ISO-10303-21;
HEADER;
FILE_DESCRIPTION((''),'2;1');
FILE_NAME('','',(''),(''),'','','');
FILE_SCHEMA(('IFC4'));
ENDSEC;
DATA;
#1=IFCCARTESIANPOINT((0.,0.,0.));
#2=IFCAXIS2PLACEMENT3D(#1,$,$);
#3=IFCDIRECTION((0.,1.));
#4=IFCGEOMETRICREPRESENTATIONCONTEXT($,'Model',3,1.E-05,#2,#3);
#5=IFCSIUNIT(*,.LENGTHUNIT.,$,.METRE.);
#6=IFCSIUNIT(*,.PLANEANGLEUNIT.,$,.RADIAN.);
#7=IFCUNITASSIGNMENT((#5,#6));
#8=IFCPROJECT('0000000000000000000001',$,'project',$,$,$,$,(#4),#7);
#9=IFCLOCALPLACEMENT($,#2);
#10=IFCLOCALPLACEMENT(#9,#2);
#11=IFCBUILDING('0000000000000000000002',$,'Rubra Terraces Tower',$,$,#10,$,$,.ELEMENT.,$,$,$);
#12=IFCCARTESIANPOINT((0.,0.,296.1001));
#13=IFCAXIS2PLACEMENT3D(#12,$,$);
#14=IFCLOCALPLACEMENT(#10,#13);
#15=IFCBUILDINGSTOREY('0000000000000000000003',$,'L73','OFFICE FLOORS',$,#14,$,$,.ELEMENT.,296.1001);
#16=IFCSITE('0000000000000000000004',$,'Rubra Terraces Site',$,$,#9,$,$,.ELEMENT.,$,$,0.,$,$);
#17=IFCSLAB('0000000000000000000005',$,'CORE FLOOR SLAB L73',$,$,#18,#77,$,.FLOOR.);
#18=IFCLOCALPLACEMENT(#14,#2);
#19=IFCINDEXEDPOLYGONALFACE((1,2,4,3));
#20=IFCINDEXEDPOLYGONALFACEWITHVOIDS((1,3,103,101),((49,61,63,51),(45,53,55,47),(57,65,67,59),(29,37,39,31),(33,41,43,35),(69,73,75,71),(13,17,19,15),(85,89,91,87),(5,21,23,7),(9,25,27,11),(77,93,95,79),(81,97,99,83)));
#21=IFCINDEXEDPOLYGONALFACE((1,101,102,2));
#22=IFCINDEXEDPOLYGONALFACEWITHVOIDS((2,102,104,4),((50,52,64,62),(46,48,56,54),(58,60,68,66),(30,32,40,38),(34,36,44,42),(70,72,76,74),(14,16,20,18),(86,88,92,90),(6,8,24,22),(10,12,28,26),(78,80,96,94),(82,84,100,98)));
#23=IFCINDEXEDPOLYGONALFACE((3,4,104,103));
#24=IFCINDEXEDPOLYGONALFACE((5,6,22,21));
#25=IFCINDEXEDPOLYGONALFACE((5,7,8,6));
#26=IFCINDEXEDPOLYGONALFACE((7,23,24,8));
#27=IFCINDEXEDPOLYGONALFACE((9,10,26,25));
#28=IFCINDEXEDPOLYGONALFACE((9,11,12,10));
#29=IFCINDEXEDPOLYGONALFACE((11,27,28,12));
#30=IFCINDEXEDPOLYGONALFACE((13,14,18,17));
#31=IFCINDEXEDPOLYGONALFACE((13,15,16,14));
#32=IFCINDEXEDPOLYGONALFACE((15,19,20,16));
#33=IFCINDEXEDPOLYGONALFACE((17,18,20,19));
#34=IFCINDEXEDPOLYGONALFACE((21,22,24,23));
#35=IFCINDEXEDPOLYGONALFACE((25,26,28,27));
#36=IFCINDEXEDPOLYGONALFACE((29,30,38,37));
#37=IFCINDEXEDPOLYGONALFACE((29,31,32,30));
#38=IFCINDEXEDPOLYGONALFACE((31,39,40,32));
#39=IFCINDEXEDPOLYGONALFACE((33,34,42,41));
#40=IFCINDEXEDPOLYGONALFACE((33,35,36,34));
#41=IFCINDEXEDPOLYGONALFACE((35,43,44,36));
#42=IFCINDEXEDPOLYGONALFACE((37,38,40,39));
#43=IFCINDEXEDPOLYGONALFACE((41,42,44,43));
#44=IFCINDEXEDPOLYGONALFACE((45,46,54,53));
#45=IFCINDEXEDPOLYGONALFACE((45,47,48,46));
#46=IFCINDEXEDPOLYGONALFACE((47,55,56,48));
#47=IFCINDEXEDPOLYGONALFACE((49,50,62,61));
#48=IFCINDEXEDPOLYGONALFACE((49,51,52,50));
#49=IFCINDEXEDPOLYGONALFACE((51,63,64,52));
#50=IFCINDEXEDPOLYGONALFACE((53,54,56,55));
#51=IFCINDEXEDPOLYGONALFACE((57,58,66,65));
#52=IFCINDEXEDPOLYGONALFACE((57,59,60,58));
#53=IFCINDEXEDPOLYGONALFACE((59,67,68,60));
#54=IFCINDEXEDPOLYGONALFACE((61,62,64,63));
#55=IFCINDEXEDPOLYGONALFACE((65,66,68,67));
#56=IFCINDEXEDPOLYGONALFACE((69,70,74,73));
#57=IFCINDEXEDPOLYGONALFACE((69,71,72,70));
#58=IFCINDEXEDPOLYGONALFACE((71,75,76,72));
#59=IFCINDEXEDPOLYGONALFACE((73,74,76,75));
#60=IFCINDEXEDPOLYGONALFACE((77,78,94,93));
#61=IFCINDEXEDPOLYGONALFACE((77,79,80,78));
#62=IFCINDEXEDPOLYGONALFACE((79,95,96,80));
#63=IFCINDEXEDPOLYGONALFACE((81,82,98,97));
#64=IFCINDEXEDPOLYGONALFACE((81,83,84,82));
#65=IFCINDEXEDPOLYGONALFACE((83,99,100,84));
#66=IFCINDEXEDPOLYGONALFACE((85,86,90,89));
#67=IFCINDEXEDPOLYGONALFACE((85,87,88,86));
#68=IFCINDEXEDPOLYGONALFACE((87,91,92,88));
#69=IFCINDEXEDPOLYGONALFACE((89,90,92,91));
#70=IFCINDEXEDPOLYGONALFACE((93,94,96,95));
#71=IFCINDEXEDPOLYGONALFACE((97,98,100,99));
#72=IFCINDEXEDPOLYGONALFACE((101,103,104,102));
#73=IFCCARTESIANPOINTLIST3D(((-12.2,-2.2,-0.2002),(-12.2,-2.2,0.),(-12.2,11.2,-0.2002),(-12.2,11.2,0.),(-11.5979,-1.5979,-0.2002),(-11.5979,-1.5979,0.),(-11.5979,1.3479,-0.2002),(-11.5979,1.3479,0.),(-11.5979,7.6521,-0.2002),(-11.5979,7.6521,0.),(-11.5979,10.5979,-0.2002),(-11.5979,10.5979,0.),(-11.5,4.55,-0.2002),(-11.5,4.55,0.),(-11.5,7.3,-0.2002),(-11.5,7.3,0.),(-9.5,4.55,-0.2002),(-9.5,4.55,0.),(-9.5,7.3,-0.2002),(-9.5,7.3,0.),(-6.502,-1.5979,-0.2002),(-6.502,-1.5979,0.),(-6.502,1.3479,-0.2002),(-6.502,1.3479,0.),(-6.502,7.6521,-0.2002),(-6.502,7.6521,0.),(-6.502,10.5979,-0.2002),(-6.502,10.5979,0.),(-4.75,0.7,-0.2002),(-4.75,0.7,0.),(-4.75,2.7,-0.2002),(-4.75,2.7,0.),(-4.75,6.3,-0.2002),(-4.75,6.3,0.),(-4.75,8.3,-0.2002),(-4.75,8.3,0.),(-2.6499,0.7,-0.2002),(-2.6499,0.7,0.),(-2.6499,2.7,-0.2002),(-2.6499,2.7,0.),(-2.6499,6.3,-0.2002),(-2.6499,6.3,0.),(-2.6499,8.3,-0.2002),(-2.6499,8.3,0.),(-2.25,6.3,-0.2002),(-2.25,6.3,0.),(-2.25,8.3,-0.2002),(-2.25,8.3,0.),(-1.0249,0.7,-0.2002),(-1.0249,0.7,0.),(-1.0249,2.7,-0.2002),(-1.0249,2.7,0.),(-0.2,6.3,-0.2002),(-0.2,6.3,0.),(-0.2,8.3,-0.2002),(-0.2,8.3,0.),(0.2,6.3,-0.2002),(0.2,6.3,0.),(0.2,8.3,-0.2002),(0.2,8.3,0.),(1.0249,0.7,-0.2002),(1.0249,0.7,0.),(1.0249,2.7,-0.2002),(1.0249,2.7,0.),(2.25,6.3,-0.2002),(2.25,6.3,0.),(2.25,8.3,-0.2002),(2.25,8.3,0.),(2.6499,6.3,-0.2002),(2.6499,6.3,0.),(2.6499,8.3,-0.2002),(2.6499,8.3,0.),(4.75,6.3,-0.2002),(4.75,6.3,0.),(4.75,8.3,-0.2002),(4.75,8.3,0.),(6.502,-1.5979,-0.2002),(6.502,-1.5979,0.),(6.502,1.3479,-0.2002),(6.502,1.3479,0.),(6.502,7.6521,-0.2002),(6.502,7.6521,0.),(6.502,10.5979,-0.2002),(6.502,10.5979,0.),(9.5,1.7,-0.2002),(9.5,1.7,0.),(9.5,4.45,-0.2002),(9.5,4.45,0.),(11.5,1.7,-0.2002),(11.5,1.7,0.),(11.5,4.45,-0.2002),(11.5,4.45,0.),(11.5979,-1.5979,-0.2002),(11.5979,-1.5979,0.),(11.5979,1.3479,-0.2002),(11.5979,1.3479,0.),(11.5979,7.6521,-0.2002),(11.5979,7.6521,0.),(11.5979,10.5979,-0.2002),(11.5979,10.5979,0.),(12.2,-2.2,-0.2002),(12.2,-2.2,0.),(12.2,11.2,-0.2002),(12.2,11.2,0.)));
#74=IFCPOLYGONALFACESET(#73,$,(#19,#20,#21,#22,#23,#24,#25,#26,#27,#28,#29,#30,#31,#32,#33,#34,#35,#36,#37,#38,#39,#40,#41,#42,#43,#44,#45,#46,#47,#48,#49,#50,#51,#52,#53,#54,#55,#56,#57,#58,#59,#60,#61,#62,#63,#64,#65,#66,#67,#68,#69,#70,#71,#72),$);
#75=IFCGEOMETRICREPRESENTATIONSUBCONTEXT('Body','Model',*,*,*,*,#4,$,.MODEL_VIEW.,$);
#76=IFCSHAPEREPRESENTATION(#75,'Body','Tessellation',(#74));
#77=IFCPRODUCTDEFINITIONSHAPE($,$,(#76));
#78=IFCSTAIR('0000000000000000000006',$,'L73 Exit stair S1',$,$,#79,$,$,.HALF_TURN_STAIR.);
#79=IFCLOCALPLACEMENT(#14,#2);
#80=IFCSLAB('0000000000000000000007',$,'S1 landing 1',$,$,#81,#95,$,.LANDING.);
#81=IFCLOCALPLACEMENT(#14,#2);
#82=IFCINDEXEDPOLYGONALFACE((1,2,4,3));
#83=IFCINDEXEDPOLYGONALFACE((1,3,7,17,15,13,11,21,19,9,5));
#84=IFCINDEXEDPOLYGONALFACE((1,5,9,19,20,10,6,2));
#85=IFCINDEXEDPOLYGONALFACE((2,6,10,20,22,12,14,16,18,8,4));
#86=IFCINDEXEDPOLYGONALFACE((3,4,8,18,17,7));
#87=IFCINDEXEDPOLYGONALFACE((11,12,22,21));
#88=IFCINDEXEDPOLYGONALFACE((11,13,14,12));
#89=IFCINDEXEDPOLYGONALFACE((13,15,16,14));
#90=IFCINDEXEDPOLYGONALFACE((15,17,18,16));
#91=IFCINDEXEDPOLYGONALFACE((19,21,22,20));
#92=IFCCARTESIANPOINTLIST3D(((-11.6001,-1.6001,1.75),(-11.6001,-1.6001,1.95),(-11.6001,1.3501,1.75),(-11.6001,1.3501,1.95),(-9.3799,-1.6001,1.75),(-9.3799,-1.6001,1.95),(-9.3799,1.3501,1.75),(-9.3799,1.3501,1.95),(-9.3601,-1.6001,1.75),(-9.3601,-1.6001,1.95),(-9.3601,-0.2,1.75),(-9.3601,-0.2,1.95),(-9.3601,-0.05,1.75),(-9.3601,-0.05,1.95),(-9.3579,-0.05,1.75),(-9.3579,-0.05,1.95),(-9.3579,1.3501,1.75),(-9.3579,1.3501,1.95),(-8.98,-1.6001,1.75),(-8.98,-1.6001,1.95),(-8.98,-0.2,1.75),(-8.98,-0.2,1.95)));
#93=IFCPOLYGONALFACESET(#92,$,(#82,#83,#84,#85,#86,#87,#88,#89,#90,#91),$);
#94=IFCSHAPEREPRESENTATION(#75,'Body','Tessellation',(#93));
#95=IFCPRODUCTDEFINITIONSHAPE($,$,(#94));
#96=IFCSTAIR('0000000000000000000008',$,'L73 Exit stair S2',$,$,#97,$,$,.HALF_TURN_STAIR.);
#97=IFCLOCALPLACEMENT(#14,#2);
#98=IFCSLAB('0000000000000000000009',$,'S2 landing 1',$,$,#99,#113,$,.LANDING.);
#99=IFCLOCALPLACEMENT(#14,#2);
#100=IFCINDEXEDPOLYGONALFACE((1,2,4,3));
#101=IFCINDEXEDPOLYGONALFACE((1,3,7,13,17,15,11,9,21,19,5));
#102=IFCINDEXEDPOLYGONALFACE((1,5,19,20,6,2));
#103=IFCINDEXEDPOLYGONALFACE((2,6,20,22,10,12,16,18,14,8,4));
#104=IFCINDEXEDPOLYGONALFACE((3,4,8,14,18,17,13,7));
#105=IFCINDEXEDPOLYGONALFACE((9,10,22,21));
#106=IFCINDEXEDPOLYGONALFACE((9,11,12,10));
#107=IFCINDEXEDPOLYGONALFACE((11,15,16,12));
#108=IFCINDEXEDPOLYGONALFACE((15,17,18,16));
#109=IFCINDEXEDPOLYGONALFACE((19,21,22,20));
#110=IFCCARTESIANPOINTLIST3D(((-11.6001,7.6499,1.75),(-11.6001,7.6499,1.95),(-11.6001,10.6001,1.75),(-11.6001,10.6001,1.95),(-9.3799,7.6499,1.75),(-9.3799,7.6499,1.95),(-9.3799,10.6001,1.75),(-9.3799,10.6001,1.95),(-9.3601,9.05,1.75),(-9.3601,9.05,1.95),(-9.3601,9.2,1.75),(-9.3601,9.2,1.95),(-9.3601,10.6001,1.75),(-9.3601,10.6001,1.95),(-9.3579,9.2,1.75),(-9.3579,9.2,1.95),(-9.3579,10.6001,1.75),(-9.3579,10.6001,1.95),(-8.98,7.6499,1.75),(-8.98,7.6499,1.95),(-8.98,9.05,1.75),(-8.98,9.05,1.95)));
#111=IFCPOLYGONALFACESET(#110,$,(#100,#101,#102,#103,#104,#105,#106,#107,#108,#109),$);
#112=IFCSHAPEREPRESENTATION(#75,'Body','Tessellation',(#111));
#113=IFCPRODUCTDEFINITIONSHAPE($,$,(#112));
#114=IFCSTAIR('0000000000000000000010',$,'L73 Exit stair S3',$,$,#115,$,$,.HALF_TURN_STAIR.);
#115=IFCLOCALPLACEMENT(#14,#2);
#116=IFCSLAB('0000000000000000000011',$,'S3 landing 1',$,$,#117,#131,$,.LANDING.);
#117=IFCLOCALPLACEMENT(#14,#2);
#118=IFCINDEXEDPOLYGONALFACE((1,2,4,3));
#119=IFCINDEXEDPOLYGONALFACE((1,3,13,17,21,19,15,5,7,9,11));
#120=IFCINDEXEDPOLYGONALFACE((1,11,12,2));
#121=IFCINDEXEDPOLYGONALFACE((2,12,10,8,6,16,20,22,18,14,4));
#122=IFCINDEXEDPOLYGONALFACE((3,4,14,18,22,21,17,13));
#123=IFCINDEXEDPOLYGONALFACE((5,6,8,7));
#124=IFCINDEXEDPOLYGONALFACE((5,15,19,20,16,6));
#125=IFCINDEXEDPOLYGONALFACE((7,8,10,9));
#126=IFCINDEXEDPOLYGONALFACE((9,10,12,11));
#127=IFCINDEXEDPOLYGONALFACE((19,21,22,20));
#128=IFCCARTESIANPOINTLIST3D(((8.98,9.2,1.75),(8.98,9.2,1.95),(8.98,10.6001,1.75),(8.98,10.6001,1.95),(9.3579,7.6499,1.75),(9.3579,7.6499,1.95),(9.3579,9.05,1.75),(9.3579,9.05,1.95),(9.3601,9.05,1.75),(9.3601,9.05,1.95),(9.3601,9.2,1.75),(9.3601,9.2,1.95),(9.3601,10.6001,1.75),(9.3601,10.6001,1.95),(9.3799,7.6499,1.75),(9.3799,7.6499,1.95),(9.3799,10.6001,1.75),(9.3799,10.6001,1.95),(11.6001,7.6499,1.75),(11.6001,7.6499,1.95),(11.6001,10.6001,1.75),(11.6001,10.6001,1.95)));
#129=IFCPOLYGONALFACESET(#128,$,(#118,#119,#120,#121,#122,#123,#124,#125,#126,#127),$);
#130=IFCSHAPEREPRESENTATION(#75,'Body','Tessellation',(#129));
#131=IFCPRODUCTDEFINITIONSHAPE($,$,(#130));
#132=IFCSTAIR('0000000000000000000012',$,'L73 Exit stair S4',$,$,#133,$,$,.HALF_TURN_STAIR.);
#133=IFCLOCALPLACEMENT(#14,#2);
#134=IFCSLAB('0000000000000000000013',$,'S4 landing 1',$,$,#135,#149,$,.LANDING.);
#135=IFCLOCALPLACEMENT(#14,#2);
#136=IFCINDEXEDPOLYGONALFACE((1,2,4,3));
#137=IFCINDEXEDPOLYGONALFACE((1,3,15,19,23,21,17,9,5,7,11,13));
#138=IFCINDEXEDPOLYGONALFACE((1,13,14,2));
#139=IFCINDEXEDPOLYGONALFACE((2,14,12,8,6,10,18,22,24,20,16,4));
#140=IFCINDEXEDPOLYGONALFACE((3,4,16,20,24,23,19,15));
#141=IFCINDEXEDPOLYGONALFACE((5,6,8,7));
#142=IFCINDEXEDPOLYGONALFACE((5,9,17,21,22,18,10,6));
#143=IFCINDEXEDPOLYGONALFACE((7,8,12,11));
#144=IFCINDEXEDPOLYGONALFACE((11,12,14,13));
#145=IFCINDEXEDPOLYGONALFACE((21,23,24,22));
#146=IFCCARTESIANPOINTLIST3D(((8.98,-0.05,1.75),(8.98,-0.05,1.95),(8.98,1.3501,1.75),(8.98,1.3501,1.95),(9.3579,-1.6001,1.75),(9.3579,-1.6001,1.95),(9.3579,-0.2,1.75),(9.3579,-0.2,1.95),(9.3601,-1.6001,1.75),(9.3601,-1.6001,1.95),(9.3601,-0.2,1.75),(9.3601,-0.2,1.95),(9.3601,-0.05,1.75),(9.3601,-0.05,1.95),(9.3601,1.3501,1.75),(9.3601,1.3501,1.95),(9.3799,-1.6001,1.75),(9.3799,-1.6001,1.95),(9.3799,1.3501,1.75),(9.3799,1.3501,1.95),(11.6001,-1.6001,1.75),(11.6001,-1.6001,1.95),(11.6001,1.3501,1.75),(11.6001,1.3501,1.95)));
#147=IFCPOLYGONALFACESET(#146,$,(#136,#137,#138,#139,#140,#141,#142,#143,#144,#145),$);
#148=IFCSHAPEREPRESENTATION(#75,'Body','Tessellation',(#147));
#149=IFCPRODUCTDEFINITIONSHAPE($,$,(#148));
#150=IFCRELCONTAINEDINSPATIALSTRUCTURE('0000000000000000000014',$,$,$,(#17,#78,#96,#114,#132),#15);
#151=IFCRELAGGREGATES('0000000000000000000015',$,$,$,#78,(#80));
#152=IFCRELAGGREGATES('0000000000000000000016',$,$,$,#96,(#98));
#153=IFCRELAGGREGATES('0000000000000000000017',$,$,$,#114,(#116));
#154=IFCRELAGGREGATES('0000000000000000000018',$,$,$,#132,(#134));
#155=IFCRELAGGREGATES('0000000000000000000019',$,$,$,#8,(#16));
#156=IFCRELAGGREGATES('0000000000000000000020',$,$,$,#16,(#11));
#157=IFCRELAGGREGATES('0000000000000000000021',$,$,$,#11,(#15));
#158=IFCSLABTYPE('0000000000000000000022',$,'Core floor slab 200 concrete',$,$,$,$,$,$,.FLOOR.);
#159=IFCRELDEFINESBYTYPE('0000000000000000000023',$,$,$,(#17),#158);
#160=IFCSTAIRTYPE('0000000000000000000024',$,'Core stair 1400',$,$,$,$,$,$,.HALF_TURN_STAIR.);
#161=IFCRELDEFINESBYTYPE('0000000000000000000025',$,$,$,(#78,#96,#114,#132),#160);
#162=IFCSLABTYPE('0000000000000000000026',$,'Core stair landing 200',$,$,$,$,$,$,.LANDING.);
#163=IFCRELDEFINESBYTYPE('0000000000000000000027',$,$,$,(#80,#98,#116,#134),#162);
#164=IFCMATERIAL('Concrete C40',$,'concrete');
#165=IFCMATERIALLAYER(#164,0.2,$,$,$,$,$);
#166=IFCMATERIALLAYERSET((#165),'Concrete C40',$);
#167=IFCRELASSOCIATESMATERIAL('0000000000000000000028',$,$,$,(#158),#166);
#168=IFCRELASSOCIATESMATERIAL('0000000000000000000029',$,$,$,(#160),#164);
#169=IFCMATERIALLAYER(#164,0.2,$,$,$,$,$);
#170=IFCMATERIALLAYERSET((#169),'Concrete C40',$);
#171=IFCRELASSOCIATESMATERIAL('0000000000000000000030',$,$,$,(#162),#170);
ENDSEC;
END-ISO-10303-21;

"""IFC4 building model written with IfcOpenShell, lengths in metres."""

from ifc_helpers import new_model, si_unit, direction, frame, origin, place, context, subcontext, project, spatial, polyline, outline, extrude, material, layer, layer_set, type_object, element, aggregate, save


model = new_model("IFC4")

# Units and contexts
model_context = context("Model", 3, precision=1e-05, world=origin(), true_north=direction((0.0, 1.0)))
body_context = subcontext(model_context, "Body", "Model", "MODEL_VIEW")
ifc_project = project(units=[si_unit("LENGTHUNIT", "METRE"), si_unit("PLANEANGLEUNIT", "RADIAN")], contexts=[model_context])

# Site, building, storey
site_placement = place(None, origin())
site = spatial("IfcSite", under=ifc_project, at=site_placement, Name="Rubra Terraces Site", CompositionType="ELEMENT", RefElevation=0.0)
building_placement = place(site_placement, origin())
building = spatial("IfcBuilding", under=site, at=building_placement, Name="Rubra Terraces Tower", CompositionType="ELEMENT")
storey_placement = place(building_placement, frame((0.0, 0.0, 296.1001)))
storey = spatial("IfcBuildingStorey", under=building, at=storey_placement, Name="L73", Description="OFFICE FLOORS", CompositionType="ELEMENT", Elevation=296.1001)

# Slab
ifc_material_1 = material(Name="Concrete C40", Category="concrete")
ifc_layer_1 = layer(ifc_material_1, 0.2)
ifc_layer_set_1 = layer_set([ifc_layer_1], Name="Concrete C40")
slab_type_1 = type_object("IfcSlabType", Name="Core floor slab 200 concrete", PredefinedType="FLOOR", material=ifc_layer_set_1)
slab_1_placement = place(storey_placement, frame((0.0, 0.0, -0.2002)))
element("IfcSlab", 1, at=slab_1_placement, inside=storey, type_object=slab_type_1, Name="CORE FLOOR SLAB L73", PredefinedType="FLOOR", context=body_context, shape_type="SweptSolid", body=[
    extrude(outline(polyline([(-12.2, -2.2), (-12.2, 11.2), (12.2, 11.2), (12.2, -2.2), (-12.2, -2.2)]), holes=[polyline([(11.5979, 1.3479), (6.502, 1.3479), (6.502, -1.5979), (11.5979, -1.5979), (11.5979, 1.3479)]), polyline([(11.5979, 7.6521), (11.5979, 10.5979), (6.502, 10.5979), (6.502, 7.6521), (11.5979, 7.6521)]), polyline([(9.5, 1.7), (11.5, 1.7), (11.5, 4.45), (9.5, 4.45), (9.5, 1.7)]), polyline([(4.75, 6.3), (4.75, 8.3), (2.6499, 8.3), (2.6499, 6.3), (4.75, 6.3)]), polyline([(2.25, 8.3), (0.2, 8.3), (0.2, 6.3), (2.25, 6.3), (2.25, 8.3)]), polyline([(1.0249, 0.7), (1.0249, 2.7), (-1.0249, 2.7), (-1.0249, 0.7), (1.0249, 0.7)]), polyline([(-0.2, 6.3), (-0.2, 8.3), (-2.25, 8.3), (-2.25, 6.3), (-0.2, 6.3)]), polyline([(-4.75, 8.3), (-4.75, 6.3), (-2.6499, 6.3), (-2.6499, 8.3), (-4.75, 8.3)]), polyline([(-2.6499, 0.7), (-2.6499, 2.7), (-4.75, 2.7), (-4.75, 0.7), (-2.6499, 0.7)]), polyline([(-11.5979, -1.5979), (-6.502, -1.5979), (-6.502, 1.3479), (-11.5979, 1.3479), (-11.5979, -1.5979)]), polyline([(-11.5979, 10.5979), (-11.5979, 7.6521), (-6.502, 7.6521), (-6.502, 10.5979), (-11.5979, 10.5979)]), polyline([(-9.5, 4.55), (-9.5, 7.3), (-11.5, 7.3), (-11.5, 4.55), (-9.5, 4.55)])]), origin(), (0.0, 0.0, 1.0), 0.2002),
])

# Stairs, slabs
stair_type = type_object("IfcStairType", Name="Core stair 1400", PredefinedType="HALF_TURN_STAIR", material=ifc_material_1)
stair_1_placement = place(storey_placement, origin())
stair_1 = element("IfcStair", 2, at=stair_1_placement, inside=storey, type_object=stair_type, Name="L73 Exit stair S1", PredefinedType="HALF_TURN_STAIR")
ifc_layer_2 = layer(ifc_material_1, 0.2)
ifc_layer_set_2 = layer_set([ifc_layer_2], Name="Concrete C40")
slab_type_2 = type_object("IfcSlabType", Name="Core stair landing 200", PredefinedType="LANDING", material=ifc_layer_set_2)
slab_2_placement = place(storey_placement, frame((0.0, 0.0, 1.75)))
slab_2 = element("IfcSlab", 3, at=slab_2_placement, type_object=slab_type_2, Name="S1 landing 1", PredefinedType="LANDING", context=body_context, shape_type="SweptSolid", body=[
    extrude(outline(polyline([(-8.98, -0.2), (-8.98, -1.6001), (-9.3601, -1.6001), (-9.3799, -1.6001), (-11.6001, -1.6001), (-11.6001, 1.3501), (-9.3799, 1.3501), (-9.3579, 1.3501), (-9.3579, -0.05), (-9.3601, -0.05), (-9.3601, -0.2), (-8.98, -0.2)])), origin(), (0.0, 0.0, 1.0), 0.2),
])
aggregate(stair_1, [slab_2])
stair_2_placement = place(storey_placement, origin())
stair_2 = element("IfcStair", 4, at=stair_2_placement, inside=storey, type_object=stair_type, Name="L73 Exit stair S2", PredefinedType="HALF_TURN_STAIR")
slab_3_placement = place(storey_placement, frame((0.0, 0.0, 1.75)))
slab_3 = element("IfcSlab", 5, at=slab_3_placement, type_object=slab_type_2, Name="S2 landing 1", PredefinedType="LANDING", context=body_context, shape_type="SweptSolid", body=[
    extrude(outline(polyline([(-8.98, 9.05), (-8.98, 7.6499), (-9.3799, 7.6499), (-11.6001, 7.6499), (-11.6001, 10.6001), (-9.3799, 10.6001), (-9.3601, 10.6001), (-9.3579, 10.6001), (-9.3579, 9.2), (-9.3601, 9.2), (-9.3601, 9.05), (-8.98, 9.05)])), origin(), (0.0, 0.0, 1.0), 0.2),
])
aggregate(stair_2, [slab_3])
stair_3_placement = place(storey_placement, origin())
stair_3 = element("IfcStair", 6, at=stair_3_placement, inside=storey, type_object=stair_type, Name="L73 Exit stair S3", PredefinedType="HALF_TURN_STAIR")
slab_4_placement = place(storey_placement, frame((0.0, 0.0, 1.75)))
slab_4 = element("IfcSlab", 7, at=slab_4_placement, type_object=slab_type_2, Name="S3 landing 1", PredefinedType="LANDING", context=body_context, shape_type="SweptSolid", body=[
    extrude(outline(polyline([(9.3601, 9.05), (9.3601, 9.2), (8.98, 9.2), (8.98, 10.6001), (9.3601, 10.6001), (9.3799, 10.6001), (11.6001, 10.6001), (11.6001, 7.6499), (9.3799, 7.6499), (9.3579, 7.6499), (9.3579, 9.05), (9.3601, 9.05)])), origin(), (0.0, 0.0, 1.0), 0.2),
])
aggregate(stair_3, [slab_4])
stair_4_placement = place(storey_placement, origin())
stair_4 = element("IfcStair", 8, at=stair_4_placement, inside=storey, type_object=stair_type, Name="L73 Exit stair S4", PredefinedType="HALF_TURN_STAIR")
slab_5_placement = place(storey_placement, frame((0.0, 0.0, 1.75)))
slab_5 = element("IfcSlab", 9, at=slab_5_placement, type_object=slab_type_2, Name="S4 landing 1", PredefinedType="LANDING", context=body_context, shape_type="SweptSolid", body=[
    extrude(outline(polyline([(9.3601, -0.2), (9.3601, -0.05), (8.98, -0.05), (8.98, 1.3501), (9.3601, 1.3501), (9.3799, 1.3501), (11.6001, 1.3501), (11.6001, -1.6001), (9.3799, -1.6001), (9.3601, -1.6001), (9.3579, -1.6001), (9.3579, -0.2), (9.3601, -0.2)])), origin(), (0.0, 0.0, 1.0), 0.2),
])

aggregate(stair_4, [slab_5])

save(model, "model.ifc")
